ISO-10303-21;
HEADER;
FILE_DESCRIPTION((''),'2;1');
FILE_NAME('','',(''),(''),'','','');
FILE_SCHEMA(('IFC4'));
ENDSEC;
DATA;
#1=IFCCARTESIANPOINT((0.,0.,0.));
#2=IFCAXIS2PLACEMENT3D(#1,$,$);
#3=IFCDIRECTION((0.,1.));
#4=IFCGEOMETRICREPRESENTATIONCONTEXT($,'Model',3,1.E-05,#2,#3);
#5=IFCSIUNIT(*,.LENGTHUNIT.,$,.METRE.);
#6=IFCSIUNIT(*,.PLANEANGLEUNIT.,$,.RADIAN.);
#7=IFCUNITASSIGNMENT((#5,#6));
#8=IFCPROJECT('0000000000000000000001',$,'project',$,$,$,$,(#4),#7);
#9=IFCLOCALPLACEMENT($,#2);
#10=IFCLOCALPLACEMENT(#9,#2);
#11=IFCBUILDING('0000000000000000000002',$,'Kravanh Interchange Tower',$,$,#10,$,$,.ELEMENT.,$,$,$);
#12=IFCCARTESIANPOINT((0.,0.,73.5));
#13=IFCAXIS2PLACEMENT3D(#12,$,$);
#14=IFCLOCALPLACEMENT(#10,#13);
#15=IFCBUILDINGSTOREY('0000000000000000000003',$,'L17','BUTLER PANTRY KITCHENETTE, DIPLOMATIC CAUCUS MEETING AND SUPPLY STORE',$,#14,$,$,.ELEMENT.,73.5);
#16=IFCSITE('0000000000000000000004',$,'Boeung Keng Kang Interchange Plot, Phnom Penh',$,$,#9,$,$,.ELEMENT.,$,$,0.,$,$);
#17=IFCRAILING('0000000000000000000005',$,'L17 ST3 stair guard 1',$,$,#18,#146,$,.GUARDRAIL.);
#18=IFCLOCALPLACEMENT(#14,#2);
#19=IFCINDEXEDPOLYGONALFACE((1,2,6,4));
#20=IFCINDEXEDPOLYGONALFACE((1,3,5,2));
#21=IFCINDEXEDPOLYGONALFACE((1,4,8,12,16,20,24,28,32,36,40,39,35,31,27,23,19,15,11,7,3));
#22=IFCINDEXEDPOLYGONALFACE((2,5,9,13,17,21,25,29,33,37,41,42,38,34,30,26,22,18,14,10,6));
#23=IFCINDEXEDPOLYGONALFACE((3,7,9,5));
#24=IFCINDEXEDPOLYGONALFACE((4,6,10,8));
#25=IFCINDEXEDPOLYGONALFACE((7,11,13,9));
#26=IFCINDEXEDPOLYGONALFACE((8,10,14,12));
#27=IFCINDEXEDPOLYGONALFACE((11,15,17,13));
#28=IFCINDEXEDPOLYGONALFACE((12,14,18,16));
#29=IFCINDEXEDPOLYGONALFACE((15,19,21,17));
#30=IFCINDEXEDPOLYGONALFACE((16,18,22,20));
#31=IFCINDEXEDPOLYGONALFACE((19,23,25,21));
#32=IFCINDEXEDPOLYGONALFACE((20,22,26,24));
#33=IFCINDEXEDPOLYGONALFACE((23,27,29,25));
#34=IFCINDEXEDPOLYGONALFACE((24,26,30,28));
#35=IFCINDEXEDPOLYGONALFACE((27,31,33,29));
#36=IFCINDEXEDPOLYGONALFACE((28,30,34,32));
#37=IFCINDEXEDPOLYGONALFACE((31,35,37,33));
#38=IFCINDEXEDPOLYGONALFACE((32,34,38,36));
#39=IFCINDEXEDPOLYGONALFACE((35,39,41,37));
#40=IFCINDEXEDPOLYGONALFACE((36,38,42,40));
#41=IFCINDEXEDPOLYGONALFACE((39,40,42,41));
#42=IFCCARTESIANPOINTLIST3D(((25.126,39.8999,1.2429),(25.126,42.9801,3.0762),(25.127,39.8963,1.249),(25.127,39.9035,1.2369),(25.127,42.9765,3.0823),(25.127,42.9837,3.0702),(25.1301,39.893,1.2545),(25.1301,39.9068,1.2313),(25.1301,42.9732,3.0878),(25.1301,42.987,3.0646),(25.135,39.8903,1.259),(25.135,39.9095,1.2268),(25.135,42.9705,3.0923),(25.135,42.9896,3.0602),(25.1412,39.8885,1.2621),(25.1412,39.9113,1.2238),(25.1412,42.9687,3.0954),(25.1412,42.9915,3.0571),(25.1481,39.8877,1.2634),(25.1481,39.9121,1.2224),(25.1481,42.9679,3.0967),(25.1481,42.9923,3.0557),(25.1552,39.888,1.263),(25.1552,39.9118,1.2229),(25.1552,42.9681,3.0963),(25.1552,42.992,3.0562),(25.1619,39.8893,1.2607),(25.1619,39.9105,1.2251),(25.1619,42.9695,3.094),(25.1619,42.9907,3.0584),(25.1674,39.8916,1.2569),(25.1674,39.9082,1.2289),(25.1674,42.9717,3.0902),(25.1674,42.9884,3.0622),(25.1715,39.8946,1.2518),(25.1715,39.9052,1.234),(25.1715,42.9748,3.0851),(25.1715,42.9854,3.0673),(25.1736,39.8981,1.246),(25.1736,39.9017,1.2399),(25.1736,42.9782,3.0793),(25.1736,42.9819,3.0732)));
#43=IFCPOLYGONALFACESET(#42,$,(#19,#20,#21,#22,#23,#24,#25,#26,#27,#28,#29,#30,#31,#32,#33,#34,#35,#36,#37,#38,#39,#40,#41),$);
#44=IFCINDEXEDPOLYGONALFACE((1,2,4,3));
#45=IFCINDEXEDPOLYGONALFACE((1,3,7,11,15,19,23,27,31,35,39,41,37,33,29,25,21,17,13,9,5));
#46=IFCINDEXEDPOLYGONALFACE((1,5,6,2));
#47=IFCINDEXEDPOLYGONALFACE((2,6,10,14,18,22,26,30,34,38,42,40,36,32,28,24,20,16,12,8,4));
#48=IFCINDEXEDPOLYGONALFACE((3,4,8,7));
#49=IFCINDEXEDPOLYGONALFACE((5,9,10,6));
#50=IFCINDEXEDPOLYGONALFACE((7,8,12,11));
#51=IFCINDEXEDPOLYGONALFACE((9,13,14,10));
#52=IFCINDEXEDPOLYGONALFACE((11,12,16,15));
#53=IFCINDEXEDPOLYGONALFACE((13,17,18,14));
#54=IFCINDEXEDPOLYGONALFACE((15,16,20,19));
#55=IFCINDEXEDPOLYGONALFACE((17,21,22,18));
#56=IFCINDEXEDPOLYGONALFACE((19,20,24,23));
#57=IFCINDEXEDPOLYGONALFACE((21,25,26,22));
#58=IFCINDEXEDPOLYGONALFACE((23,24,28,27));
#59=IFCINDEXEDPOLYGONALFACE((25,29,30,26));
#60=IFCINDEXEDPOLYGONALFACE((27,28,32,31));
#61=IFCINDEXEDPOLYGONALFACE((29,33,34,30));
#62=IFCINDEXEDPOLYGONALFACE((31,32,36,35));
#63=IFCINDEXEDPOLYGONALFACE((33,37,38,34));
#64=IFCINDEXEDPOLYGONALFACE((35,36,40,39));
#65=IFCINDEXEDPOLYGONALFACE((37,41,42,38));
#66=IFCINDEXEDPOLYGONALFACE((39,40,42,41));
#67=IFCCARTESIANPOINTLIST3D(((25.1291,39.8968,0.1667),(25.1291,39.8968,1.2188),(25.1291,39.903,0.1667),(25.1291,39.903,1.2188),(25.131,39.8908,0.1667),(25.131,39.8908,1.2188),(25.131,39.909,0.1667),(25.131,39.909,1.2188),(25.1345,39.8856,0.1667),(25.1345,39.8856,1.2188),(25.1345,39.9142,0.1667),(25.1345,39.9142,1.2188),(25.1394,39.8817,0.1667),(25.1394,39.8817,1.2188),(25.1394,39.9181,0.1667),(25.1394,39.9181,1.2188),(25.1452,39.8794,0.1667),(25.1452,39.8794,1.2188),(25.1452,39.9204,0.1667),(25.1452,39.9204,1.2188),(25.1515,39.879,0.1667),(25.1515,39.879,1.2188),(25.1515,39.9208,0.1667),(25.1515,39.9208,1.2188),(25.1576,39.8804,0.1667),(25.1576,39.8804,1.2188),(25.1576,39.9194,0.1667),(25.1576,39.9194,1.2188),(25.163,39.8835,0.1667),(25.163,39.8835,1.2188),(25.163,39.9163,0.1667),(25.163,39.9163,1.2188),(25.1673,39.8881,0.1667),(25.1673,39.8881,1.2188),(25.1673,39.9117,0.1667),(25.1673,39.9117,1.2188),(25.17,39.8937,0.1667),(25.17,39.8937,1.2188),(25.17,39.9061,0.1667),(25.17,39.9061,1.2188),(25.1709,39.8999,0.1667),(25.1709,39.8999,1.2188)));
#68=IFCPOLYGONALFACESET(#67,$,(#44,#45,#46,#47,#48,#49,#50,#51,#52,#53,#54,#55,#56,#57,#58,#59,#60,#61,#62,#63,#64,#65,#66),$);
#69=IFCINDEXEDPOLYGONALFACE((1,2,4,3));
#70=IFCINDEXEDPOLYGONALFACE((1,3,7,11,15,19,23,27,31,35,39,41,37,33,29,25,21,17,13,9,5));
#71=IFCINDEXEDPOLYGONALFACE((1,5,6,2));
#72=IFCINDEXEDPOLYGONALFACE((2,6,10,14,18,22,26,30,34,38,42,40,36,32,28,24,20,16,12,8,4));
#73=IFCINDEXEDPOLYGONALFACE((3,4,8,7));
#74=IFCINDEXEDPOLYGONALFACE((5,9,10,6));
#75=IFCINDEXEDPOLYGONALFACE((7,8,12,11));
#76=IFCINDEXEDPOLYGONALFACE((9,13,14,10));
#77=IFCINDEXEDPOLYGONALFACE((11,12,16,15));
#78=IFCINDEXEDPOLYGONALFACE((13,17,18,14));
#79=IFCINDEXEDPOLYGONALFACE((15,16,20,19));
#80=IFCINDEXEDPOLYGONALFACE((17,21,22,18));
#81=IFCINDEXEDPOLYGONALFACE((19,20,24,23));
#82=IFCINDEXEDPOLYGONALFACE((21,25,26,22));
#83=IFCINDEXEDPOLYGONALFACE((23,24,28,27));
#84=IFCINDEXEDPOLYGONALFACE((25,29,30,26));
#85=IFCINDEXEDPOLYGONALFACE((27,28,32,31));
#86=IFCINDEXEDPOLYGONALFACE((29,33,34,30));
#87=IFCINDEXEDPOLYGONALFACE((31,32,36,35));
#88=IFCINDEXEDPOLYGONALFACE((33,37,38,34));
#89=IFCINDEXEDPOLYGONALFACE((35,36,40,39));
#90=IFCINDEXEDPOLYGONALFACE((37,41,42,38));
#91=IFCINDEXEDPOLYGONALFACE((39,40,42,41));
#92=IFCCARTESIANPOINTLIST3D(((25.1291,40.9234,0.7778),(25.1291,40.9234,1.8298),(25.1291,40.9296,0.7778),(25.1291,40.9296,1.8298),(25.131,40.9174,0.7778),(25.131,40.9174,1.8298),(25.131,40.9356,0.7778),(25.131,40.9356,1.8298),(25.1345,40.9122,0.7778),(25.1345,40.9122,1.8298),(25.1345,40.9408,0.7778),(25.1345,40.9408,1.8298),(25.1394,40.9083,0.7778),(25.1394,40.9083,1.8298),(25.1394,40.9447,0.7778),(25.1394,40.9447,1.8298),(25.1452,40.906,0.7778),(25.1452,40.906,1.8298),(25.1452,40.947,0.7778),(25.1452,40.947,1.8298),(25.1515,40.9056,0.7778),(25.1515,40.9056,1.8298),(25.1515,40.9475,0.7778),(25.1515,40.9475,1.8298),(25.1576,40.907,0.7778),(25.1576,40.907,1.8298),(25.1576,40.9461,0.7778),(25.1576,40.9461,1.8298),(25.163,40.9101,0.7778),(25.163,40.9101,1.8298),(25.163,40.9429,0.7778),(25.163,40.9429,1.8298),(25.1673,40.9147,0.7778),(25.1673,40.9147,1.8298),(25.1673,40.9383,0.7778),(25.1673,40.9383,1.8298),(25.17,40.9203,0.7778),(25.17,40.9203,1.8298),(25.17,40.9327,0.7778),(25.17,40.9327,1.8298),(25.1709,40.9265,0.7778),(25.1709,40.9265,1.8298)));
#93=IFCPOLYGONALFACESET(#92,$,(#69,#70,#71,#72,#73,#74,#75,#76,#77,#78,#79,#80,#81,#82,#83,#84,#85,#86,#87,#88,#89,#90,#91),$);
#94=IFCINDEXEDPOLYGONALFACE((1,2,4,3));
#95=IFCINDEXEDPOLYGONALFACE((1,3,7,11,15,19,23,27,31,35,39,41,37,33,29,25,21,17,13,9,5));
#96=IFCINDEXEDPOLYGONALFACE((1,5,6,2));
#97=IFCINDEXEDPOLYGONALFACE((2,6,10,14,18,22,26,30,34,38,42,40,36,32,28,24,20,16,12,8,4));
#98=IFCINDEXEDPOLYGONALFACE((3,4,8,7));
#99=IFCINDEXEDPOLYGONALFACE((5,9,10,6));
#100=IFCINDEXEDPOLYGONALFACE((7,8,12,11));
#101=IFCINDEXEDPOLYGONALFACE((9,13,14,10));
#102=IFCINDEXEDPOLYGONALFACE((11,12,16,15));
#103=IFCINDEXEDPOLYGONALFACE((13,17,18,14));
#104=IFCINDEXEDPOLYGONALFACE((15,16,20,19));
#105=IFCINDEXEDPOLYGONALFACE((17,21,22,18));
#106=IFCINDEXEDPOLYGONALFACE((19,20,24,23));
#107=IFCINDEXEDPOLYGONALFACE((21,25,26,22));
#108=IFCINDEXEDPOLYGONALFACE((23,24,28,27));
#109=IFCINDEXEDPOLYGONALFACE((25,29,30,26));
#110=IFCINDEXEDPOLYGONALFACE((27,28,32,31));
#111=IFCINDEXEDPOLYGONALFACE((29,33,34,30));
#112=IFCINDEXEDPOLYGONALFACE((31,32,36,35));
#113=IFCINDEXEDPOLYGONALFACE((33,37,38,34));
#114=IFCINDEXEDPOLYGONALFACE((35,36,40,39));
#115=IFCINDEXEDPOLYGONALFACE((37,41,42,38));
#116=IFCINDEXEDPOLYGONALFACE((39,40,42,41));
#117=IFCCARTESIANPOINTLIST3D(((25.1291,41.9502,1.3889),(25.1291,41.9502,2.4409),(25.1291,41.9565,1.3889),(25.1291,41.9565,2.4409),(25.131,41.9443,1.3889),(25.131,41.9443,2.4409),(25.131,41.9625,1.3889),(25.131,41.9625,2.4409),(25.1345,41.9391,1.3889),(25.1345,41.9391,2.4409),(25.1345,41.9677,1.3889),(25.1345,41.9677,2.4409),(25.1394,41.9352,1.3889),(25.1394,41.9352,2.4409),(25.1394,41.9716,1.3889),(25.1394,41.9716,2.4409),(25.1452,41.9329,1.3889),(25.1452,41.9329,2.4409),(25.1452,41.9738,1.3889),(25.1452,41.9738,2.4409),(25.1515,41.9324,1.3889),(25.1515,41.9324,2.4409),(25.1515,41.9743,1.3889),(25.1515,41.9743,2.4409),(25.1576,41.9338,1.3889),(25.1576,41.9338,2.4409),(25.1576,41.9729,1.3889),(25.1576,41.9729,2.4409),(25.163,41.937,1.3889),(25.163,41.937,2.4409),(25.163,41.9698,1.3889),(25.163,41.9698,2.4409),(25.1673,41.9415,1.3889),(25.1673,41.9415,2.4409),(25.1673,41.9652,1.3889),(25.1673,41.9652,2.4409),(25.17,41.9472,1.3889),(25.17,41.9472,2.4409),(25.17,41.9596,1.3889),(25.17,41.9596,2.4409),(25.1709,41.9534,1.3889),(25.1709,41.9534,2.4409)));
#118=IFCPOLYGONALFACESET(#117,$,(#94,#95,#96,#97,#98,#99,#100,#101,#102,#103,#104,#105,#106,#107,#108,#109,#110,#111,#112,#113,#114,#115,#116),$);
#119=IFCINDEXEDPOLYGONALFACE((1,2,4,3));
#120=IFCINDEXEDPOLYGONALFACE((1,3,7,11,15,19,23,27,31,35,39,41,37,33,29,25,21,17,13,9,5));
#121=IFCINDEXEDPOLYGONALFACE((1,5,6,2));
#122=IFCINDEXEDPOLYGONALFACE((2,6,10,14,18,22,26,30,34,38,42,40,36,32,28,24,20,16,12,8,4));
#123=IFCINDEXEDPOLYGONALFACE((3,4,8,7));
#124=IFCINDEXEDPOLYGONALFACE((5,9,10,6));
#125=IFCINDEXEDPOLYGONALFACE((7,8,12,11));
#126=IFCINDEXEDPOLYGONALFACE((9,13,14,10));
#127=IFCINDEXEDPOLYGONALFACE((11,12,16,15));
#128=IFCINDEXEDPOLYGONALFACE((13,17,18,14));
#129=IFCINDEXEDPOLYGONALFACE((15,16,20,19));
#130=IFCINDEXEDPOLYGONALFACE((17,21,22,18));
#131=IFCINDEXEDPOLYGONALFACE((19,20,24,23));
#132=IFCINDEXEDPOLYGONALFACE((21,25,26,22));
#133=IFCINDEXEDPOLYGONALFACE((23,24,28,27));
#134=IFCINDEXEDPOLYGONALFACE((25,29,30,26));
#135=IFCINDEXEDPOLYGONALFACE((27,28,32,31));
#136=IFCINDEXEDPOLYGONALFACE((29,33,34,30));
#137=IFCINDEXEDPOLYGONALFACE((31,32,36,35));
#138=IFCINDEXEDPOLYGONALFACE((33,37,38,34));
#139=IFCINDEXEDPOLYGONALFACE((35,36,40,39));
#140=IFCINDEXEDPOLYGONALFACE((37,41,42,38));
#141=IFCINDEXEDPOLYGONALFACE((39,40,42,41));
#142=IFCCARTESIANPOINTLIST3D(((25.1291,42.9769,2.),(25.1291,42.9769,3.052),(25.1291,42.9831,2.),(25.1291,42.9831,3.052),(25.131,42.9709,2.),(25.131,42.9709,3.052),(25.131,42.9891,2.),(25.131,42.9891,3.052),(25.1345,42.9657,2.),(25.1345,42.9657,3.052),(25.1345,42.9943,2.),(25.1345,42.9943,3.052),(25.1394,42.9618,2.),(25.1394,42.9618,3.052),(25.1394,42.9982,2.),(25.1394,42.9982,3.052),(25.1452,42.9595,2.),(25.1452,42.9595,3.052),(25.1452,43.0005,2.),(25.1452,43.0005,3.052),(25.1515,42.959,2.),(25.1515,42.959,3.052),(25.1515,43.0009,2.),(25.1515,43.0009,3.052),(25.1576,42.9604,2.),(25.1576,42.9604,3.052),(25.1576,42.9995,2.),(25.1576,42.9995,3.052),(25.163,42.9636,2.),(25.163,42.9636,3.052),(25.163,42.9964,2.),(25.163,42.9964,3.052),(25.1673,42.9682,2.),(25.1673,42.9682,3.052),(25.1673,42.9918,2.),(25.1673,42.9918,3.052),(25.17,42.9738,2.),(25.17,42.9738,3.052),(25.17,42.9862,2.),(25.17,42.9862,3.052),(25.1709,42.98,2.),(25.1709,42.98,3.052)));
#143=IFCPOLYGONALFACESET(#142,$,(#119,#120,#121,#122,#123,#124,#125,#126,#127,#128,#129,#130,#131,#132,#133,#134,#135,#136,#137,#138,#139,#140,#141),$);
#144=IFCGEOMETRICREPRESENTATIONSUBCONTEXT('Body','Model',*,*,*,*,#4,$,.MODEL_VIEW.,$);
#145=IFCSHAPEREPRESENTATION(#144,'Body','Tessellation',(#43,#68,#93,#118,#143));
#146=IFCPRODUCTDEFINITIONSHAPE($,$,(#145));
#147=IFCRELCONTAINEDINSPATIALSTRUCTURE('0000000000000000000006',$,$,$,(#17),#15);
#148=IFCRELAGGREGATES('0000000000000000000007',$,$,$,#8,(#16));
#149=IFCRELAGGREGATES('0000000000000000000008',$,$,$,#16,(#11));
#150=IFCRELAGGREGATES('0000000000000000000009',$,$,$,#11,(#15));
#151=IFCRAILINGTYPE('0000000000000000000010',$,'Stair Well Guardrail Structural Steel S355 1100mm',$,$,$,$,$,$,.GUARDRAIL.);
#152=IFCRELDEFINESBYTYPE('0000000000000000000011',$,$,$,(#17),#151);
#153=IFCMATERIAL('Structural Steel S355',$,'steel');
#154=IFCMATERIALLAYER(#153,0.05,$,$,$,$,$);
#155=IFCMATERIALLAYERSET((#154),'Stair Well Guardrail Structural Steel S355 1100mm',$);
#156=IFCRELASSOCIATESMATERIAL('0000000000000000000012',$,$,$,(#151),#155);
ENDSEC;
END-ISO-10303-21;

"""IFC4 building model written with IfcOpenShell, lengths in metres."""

from ifc_helpers import new_model, si_unit, direction, frame, origin, origin_2d, place, context, subcontext, project, spatial, circle, extrude, material, layer, layer_set, type_object, element, save


model = new_model("IFC4")

# Units and contexts
model_context = context("Model", 3, precision=1e-05, world=origin(), true_north=direction((0.0, 1.0)))
body_context = subcontext(model_context, "Body", "Model", "MODEL_VIEW")
ifc_project = project(units=[si_unit("LENGTHUNIT", "METRE"), si_unit("PLANEANGLEUNIT", "RADIAN")], contexts=[model_context])

# Site, building, storey
site_placement = place(None, origin())
site = spatial("IfcSite", under=ifc_project, at=site_placement, Name="Boeung Keng Kang Interchange Plot, Phnom Penh", CompositionType="ELEMENT", RefElevation=0.0)
building_placement = place(site_placement, origin())
building = spatial("IfcBuilding", under=site, at=building_placement, Name="Kravanh Interchange Tower", CompositionType="ELEMENT")
storey_placement = place(building_placement, frame((0.0, 0.0, 73.5)))
storey = spatial("IfcBuildingStorey", under=building, at=storey_placement, Name="L17", Description="BUTLER PANTRY KITCHENETTE, DIPLOMATIC CAUCUS MEETING AND SUPPLY STORE", CompositionType="ELEMENT", Elevation=73.5)

# Railing
ifc_material_1 = material(Name="Structural Steel S355", Category="steel")
ifc_layer_1 = layer(ifc_material_1, 0.05)
ifc_layer_set_1 = layer_set([ifc_layer_1], Name="Stair Well Guardrail Structural Steel S355 1100mm")
railing_type_1 = type_object("IfcRailingType", Name="Stair Well Guardrail Structural Steel S355 1100mm", PredefinedType="GUARDRAIL", material=ifc_layer_set_1)
railing_1_placement = place(storey_placement, frame((25.1499, 39.8999, 0.1667)))
element("IfcRailing", 1, at=railing_1_placement, inside=storey, type_object=railing_type_1, Name="L17 ST3 stair guard 1", PredefinedType="GUARDRAIL", context=body_context, shape_type="SweptSolid", body=[
    extrude(circle(Radius=0.0239, at=origin_2d()), frame((0.0, 0.0, 1.0762), z_axis=(0.0, 0.859309, 0.511458), x_axis=(-1.0, 0.0, 0.0)), (0.0, 0.0, 1.0), 3.5845),
    extrude(circle(Radius=0.021, at=origin_2d()), origin(), (0.0, 0.0, 1.0), 1.052),
    extrude(circle(Radius=0.021, at=origin_2d()), frame((0.0, 1.0266, 0.6111)), (0.0, 0.0, 1.0), 1.052),
    extrude(circle(Radius=0.021, at=origin_2d()), frame((0.0, 2.0535, 1.2222)), (0.0, 0.0, 1.0), 1.052),
    extrude(circle(Radius=0.021, at=origin_2d()), frame((0.0, 3.0801, 1.8333)), (0.0, 0.0, 1.0), 1.052),
])

save(model, "model.ifc")
